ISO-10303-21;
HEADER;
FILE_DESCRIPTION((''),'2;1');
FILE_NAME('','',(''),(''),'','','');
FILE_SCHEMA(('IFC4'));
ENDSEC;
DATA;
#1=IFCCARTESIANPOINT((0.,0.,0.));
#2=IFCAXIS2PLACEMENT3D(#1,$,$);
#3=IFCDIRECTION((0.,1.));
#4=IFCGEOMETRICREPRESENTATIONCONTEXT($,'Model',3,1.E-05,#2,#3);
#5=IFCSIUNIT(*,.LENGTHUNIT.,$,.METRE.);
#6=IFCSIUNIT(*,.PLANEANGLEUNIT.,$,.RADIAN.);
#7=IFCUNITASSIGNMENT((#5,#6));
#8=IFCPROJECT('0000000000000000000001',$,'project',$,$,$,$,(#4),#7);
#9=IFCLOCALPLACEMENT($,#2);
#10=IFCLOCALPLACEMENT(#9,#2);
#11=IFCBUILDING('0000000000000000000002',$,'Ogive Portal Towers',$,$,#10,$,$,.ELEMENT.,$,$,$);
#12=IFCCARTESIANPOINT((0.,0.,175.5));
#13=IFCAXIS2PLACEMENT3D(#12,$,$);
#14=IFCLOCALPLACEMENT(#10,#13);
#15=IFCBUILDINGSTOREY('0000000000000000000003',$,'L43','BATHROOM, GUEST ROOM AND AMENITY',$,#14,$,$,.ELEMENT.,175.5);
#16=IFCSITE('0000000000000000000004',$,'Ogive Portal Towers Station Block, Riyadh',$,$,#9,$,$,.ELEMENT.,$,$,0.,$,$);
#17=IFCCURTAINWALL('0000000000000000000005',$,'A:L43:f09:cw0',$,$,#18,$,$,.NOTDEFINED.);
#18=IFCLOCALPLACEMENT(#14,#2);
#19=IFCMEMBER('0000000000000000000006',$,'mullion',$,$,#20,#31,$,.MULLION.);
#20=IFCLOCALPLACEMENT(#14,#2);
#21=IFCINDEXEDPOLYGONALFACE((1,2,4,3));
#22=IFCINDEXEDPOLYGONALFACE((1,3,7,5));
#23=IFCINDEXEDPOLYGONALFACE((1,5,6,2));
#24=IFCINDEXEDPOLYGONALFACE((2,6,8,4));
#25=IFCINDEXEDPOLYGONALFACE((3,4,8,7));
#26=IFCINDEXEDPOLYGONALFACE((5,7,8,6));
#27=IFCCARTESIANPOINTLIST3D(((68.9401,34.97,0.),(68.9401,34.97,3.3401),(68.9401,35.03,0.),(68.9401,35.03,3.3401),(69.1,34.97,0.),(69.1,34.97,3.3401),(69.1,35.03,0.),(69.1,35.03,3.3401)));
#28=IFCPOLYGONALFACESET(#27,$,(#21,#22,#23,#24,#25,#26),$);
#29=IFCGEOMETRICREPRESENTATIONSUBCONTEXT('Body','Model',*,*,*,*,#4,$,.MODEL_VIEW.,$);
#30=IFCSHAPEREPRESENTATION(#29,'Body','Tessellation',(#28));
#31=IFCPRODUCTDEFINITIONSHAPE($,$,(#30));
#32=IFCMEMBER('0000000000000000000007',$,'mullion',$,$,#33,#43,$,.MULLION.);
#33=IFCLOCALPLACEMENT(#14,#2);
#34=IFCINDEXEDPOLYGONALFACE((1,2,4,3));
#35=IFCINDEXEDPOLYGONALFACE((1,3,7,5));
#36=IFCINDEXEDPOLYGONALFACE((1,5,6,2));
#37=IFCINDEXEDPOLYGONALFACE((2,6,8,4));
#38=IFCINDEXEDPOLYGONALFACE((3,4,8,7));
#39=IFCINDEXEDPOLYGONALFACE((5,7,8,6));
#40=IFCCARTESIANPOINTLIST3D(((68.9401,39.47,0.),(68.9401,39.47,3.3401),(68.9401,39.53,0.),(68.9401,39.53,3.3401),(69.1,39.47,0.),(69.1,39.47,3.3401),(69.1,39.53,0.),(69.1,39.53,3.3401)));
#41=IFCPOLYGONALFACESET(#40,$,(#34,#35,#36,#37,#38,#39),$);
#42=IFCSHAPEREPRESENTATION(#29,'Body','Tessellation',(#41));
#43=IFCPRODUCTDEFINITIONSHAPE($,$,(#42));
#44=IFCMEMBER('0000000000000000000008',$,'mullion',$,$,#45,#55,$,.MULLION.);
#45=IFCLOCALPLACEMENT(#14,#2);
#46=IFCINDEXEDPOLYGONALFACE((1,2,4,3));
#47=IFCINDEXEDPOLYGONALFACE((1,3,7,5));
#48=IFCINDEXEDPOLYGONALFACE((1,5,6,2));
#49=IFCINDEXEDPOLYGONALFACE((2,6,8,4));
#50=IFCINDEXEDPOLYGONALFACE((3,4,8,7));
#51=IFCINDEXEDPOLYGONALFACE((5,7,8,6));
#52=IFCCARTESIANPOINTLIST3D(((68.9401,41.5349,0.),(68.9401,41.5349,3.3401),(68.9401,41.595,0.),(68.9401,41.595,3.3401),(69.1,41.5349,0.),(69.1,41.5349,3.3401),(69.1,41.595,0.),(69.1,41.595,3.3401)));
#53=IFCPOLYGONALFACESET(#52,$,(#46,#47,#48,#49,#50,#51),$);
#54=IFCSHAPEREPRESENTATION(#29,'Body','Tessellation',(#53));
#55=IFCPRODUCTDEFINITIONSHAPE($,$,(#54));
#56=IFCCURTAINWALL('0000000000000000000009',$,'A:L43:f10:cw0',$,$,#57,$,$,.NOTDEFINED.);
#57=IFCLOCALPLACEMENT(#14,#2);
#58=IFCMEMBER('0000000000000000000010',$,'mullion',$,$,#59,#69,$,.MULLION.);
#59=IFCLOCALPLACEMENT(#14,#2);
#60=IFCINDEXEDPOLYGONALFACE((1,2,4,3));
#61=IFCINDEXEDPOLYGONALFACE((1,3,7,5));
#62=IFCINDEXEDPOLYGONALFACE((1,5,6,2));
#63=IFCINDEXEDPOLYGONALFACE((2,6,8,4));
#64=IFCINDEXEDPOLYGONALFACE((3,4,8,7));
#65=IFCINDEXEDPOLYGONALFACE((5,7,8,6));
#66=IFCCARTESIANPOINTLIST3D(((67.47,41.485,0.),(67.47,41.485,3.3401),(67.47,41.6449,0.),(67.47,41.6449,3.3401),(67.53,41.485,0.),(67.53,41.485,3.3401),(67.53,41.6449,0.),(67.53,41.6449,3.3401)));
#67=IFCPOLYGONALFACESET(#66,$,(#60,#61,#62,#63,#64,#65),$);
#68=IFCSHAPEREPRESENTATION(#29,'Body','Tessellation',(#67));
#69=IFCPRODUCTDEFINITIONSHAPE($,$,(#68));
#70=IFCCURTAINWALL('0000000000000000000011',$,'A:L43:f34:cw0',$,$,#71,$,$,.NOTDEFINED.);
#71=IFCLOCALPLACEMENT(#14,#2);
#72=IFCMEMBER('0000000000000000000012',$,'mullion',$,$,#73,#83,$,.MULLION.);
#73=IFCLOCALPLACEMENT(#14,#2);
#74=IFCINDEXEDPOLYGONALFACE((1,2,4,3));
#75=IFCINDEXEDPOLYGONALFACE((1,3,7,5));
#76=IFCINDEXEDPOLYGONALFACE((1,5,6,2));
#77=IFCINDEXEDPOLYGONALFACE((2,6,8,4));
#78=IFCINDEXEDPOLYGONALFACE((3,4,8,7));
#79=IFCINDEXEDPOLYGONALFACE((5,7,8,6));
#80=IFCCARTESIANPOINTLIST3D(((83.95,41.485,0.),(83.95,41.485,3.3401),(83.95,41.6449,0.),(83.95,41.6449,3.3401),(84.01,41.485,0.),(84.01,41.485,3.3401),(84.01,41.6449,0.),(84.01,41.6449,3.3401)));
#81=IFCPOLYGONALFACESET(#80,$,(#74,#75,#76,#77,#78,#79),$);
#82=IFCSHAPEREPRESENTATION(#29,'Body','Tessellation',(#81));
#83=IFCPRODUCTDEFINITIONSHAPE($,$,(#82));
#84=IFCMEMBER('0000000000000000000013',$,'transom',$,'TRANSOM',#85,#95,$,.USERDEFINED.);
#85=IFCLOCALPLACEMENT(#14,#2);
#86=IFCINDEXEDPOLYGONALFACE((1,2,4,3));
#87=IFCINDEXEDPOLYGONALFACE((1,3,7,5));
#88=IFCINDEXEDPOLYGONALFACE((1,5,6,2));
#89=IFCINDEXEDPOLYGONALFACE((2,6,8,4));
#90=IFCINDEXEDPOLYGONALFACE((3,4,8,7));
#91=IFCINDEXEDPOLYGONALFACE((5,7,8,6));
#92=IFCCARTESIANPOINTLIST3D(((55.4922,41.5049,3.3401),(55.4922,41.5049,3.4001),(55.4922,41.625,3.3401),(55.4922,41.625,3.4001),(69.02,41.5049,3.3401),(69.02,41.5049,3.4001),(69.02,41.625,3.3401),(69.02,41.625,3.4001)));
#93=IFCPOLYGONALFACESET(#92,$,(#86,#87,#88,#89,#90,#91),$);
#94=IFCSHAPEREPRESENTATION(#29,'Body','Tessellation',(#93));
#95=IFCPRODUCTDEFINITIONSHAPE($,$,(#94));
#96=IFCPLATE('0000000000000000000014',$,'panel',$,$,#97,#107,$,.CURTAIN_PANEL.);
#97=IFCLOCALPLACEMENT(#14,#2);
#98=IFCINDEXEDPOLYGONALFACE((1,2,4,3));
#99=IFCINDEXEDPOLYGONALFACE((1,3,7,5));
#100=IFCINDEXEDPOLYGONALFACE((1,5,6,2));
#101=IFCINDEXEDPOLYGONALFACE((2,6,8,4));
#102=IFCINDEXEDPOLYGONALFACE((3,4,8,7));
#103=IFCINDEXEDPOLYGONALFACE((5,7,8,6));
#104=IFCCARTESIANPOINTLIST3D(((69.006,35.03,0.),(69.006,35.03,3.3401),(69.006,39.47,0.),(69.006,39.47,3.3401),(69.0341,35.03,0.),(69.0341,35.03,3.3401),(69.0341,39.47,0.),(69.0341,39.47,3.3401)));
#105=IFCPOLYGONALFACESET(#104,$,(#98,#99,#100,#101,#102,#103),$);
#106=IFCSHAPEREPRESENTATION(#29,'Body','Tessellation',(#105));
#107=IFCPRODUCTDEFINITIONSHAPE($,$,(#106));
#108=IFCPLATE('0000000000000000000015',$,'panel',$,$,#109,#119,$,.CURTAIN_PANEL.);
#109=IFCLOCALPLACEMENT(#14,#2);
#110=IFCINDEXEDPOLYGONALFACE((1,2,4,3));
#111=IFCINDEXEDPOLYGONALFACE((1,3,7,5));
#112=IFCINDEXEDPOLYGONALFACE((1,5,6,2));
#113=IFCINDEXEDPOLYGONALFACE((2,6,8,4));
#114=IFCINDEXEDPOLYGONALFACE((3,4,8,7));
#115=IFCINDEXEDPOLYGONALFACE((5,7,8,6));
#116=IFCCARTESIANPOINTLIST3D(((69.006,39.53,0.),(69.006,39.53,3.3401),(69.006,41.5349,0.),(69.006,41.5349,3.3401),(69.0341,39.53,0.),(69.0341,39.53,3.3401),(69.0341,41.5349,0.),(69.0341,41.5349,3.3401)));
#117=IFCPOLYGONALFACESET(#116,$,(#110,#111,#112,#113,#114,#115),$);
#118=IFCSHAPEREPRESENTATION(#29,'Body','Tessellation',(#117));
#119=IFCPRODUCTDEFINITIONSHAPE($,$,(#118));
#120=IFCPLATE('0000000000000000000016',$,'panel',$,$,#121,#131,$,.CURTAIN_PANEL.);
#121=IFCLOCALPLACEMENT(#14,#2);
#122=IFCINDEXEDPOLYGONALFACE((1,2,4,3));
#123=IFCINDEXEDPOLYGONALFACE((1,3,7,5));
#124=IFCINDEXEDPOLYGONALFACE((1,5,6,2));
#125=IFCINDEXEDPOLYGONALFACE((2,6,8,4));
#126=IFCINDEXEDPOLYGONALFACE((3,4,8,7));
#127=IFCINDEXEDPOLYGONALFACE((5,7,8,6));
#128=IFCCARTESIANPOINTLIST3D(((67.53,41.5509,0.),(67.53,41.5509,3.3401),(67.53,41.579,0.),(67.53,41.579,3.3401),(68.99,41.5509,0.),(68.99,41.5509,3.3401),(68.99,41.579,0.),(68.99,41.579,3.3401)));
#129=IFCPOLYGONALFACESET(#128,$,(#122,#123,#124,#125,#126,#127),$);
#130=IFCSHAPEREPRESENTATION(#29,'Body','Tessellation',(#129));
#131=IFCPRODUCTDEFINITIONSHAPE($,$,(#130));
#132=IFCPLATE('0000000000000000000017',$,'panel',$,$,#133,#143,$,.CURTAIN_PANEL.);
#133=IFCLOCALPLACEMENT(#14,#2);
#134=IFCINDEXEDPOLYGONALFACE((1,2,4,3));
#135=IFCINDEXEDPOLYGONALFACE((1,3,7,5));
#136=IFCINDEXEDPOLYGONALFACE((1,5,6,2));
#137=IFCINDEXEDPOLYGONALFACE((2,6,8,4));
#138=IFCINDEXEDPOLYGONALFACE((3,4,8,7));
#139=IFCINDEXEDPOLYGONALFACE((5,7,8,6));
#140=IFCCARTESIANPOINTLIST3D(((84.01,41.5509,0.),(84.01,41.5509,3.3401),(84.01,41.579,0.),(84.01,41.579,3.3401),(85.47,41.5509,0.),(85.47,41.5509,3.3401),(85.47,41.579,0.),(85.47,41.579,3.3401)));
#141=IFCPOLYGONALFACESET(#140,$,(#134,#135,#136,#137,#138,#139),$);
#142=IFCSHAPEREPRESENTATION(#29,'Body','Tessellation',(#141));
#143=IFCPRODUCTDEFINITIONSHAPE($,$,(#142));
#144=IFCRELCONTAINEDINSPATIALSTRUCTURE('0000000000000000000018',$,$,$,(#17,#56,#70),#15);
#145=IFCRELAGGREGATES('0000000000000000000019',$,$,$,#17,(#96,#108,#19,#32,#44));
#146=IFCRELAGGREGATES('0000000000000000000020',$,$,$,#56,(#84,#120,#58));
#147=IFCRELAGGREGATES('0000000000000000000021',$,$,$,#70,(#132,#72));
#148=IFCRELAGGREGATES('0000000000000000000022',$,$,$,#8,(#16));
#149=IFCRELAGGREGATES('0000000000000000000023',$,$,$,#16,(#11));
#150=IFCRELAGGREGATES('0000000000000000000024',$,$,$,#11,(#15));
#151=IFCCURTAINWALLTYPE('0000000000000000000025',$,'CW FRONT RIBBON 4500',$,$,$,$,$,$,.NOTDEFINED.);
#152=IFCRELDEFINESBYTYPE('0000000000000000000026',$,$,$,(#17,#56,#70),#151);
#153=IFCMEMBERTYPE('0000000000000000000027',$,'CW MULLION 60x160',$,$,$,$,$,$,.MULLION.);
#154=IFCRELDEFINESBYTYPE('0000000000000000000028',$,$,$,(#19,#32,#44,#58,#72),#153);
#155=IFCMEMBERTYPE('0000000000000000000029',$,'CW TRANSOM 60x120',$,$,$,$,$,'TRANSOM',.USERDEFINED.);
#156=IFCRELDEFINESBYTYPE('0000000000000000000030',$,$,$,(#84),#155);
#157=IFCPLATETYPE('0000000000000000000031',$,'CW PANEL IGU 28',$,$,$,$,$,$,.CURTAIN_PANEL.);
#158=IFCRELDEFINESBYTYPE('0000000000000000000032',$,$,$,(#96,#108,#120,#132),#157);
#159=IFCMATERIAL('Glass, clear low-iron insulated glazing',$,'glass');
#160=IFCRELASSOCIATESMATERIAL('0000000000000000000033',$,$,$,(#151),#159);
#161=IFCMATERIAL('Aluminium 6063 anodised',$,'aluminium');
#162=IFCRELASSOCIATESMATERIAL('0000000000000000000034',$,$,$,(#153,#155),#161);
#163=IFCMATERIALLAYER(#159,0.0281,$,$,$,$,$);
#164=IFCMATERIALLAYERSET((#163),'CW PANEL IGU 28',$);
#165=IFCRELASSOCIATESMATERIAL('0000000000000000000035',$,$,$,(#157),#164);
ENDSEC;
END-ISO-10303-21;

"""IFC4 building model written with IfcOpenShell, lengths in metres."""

from ifc_helpers import new_model, si_unit, direction, frame, origin, origin_2d, place, context, subcontext, project, spatial, rectangle, extrude, material, layer, layer_set, material_profile, profile_set, type_object, element, aggregate, save


model = new_model("IFC4")

# Units and contexts
model_context = context("Model", 3, precision=1e-05, world=origin(), true_north=direction((0.0, 1.0)))
body_context = subcontext(model_context, "Body", "Model", "MODEL_VIEW")
ifc_project = project(units=[si_unit("LENGTHUNIT", "METRE"), si_unit("PLANEANGLEUNIT", "RADIAN")], contexts=[model_context])

# Site, building, storey
site_placement = place(None, origin())
site = spatial("IfcSite", under=ifc_project, at=site_placement, Name="Ogive Portal Towers Station Block, Riyadh", CompositionType="ELEMENT", RefElevation=0.0)
building_placement = place(site_placement, origin())
building = spatial("IfcBuilding", under=site, at=building_placement, Name="Ogive Portal Towers", CompositionType="ELEMENT")
storey_placement = place(building_placement, frame((0.0, 0.0, 175.5)))
storey = spatial("IfcBuildingStorey", under=building, at=storey_placement, Name="L43", Description="BATHROOM, GUEST ROOM AND AMENITY", CompositionType="ELEMENT", Elevation=175.5)

# Curtain wall, members
ifc_material_1 = material(Name="Glass, clear low-iron insulated glazing", Category="glass")
curtain_wall_type = type_object("IfcCurtainWallType", Name="CW FRONT RIBBON 4500", PredefinedType="NOTDEFINED", material=ifc_material_1)
curtain_wall_1_placement = place(storey_placement, origin())
curtain_wall_1 = element("IfcCurtainWall", 1, at=curtain_wall_1_placement, inside=storey, type_object=curtain_wall_type, Name="A:L43:f09:cw0", PredefinedType="NOTDEFINED")
ifc_material_2 = material(Name="Aluminium 6063 anodised", Category="aluminium")
ifc_material_profile_1 = material_profile(ifc_material_2, rectangle(XDim=0.1599, YDim=0.0601, at=origin_2d()), Name="AL 60x160")
ifc_profile_set_1 = profile_set([ifc_material_profile_1], Name="Aluminium 6063 anodised")
member_type_1 = type_object("IfcMemberType", Name="CW MULLION 60x160", PredefinedType="MULLION", material=ifc_profile_set_1)
member_1_placement = place(storey_placement, frame((69.02, 35.0, 0.0), z_axis=(0.0, 0.0, 1.0), x_axis=(-1.0, 0.0, 0.0)))
member_1 = element("IfcMember", 2, at=member_1_placement, type_object=member_type_1, Name="mullion", PredefinedType="MULLION", context=body_context, shape_type="SweptSolid", body=[
    extrude(rectangle(XDim=0.1599, YDim=0.0601, at=origin_2d()), origin(), (0.0, 0.0, 1.0), 3.3401),
])
member_2_placement = place(storey_placement, frame((69.02, 39.5, 0.0), z_axis=(0.0, 0.0, 1.0), x_axis=(-1.0, 0.0, 0.0)))
member_2 = element("IfcMember", 3, at=member_2_placement, type_object=member_type_1, Name="mullion", PredefinedType="MULLION", context=body_context, shape_type="SweptSolid", body=[
    extrude(rectangle(XDim=0.1599, YDim=0.0601, at=origin_2d()), origin(), (0.0, 0.0, 1.0), 3.3401),
])
member_3_placement = place(storey_placement, frame((69.02, 41.5649, 0.0), z_axis=(0.0, 0.0, 1.0), x_axis=(-1.0, 0.0, 0.0)))
member_3 = element("IfcMember", 4, at=member_3_placement, type_object=member_type_1, Name="mullion", PredefinedType="MULLION", context=body_context, shape_type="SweptSolid", body=[
    extrude(rectangle(XDim=0.1599, YDim=0.0601, at=origin_2d()), origin(), (0.0, 0.0, 1.0), 3.3401),
])

# Curtain walls, members
curtain_wall_2_placement = place(storey_placement, origin())
curtain_wall_2 = element("IfcCurtainWall", 5, at=curtain_wall_2_placement, inside=storey, type_object=curtain_wall_type, Name="A:L43:f10:cw0", PredefinedType="NOTDEFINED")
member_4_placement = place(storey_placement, frame((67.5, 41.5649, 0.0), z_axis=(0.0, 0.0, 1.0), x_axis=(0.0, -1.0, 0.0)))
member_4 = element("IfcMember", 6, at=member_4_placement, type_object=member_type_1, Name="mullion", PredefinedType="MULLION", context=body_context, shape_type="SweptSolid", body=[
    extrude(rectangle(XDim=0.1599, YDim=0.0601, at=origin_2d()), origin(), (0.0, 0.0, 1.0), 3.3401),
])
curtain_wall_3_placement = place(storey_placement, origin())
curtain_wall_3 = element("IfcCurtainWall", 7, at=curtain_wall_3_placement, inside=storey, type_object=curtain_wall_type, Name="A:L43:f34:cw0", PredefinedType="NOTDEFINED")
member_5_placement = place(storey_placement, frame((83.98, 41.5649, 0.0), z_axis=(0.0, 0.0, 1.0), x_axis=(0.0, -1.0, 0.0)))
member_5 = element("IfcMember", 8, at=member_5_placement, type_object=member_type_1, Name="mullion", PredefinedType="MULLION", context=body_context, shape_type="SweptSolid", body=[
    extrude(rectangle(XDim=0.1599, YDim=0.0601, at=origin_2d()), origin(), (0.0, 0.0, 1.0), 3.3401),
])

# Member
ifc_material_profile_2 = material_profile(ifc_material_2, rectangle(XDim=0.1201, YDim=0.0601, at=origin_2d()), Name="AL 120x60")
ifc_profile_set_2 = profile_set([ifc_material_profile_2], Name="Aluminium 6063 anodised")
member_type_2 = type_object("IfcMemberType", Name="CW TRANSOM 60x120", ElementType="TRANSOM", PredefinedType="USERDEFINED", material=ifc_profile_set_2)
member_6_placement = place(storey_placement, frame((69.02, 41.5649, 3.3701), z_axis=(-1.0, 0.0, 0.0), x_axis=(0.0, -1.0, 0.0)))
member_6 = element("IfcMember", 9, at=member_6_placement, type_object=member_type_2, Name="transom", ObjectType="TRANSOM", PredefinedType="USERDEFINED", context=body_context, shape_type="SweptSolid", body=[
    extrude(rectangle(XDim=0.1201, YDim=0.0601, at=origin_2d()), origin(), (0.0, 0.0, 1.0), 13.5278),
])

# Plates
ifc_layer_1 = layer(ifc_material_1, 0.0281)
ifc_layer_set_1 = layer_set([ifc_layer_1], Name="CW PANEL IGU 28")
plate_type = type_object("IfcPlateType", Name="CW PANEL IGU 28", PredefinedType="CURTAIN_PANEL", material=ifc_layer_set_1)
plate_1_placement = place(storey_placement, frame((69.02, 37.25, 0.0), z_axis=(0.0, 0.0, 1.0), x_axis=(0.0, 1.0, 0.0)))
plate_1 = element("IfcPlate", 10, at=plate_1_placement, type_object=plate_type, Name="panel", PredefinedType="CURTAIN_PANEL", context=body_context, shape_type="SweptSolid", body=[
    extrude(rectangle(XDim=4.4399, YDim=0.0281, at=origin_2d()), origin(), (0.0, 0.0, 1.0), 3.3401),
])
plate_2_placement = place(storey_placement, frame((69.02, 40.5325, 0.0), z_axis=(0.0, 0.0, 1.0), x_axis=(0.0, 1.0, 0.0)))
plate_2 = element("IfcPlate", 11, at=plate_2_placement, type_object=plate_type, Name="panel", PredefinedType="CURTAIN_PANEL", context=body_context, shape_type="SweptSolid", body=[
    extrude(rectangle(XDim=2.0049, YDim=0.0281, at=origin_2d()), origin(), (0.0, 0.0, 1.0), 3.3401),
])
aggregate(curtain_wall_1, [plate_1, plate_2, member_1, member_2, member_3])
plate_3_placement = place(storey_placement, frame((68.26, 41.5649, 0.0), z_axis=(0.0, 0.0, 1.0), x_axis=(-1.0, 0.0, 0.0)))
plate_3 = element("IfcPlate", 12, at=plate_3_placement, type_object=plate_type, Name="panel", PredefinedType="CURTAIN_PANEL", context=body_context, shape_type="SweptSolid", body=[
    extrude(rectangle(XDim=1.46, YDim=0.0281, at=origin_2d()), origin(), (0.0, 0.0, 1.0), 3.3401),
])
aggregate(curtain_wall_2, [member_6, plate_3, member_4])
plate_4_placement = place(storey_placement, frame((84.74, 41.5649, 0.0), z_axis=(0.0, 0.0, 1.0), x_axis=(-1.0, 0.0, 0.0)))
plate_4 = element("IfcPlate", 13, at=plate_4_placement, type_object=plate_type, Name="panel", PredefinedType="CURTAIN_PANEL", context=body_context, shape_type="SweptSolid", body=[
    extrude(rectangle(XDim=1.46, YDim=0.0281, at=origin_2d()), origin(), (0.0, 0.0, 1.0), 3.3401),
])
aggregate(curtain_wall_3, [plate_4, member_5])

save(model, "model.ifc")
